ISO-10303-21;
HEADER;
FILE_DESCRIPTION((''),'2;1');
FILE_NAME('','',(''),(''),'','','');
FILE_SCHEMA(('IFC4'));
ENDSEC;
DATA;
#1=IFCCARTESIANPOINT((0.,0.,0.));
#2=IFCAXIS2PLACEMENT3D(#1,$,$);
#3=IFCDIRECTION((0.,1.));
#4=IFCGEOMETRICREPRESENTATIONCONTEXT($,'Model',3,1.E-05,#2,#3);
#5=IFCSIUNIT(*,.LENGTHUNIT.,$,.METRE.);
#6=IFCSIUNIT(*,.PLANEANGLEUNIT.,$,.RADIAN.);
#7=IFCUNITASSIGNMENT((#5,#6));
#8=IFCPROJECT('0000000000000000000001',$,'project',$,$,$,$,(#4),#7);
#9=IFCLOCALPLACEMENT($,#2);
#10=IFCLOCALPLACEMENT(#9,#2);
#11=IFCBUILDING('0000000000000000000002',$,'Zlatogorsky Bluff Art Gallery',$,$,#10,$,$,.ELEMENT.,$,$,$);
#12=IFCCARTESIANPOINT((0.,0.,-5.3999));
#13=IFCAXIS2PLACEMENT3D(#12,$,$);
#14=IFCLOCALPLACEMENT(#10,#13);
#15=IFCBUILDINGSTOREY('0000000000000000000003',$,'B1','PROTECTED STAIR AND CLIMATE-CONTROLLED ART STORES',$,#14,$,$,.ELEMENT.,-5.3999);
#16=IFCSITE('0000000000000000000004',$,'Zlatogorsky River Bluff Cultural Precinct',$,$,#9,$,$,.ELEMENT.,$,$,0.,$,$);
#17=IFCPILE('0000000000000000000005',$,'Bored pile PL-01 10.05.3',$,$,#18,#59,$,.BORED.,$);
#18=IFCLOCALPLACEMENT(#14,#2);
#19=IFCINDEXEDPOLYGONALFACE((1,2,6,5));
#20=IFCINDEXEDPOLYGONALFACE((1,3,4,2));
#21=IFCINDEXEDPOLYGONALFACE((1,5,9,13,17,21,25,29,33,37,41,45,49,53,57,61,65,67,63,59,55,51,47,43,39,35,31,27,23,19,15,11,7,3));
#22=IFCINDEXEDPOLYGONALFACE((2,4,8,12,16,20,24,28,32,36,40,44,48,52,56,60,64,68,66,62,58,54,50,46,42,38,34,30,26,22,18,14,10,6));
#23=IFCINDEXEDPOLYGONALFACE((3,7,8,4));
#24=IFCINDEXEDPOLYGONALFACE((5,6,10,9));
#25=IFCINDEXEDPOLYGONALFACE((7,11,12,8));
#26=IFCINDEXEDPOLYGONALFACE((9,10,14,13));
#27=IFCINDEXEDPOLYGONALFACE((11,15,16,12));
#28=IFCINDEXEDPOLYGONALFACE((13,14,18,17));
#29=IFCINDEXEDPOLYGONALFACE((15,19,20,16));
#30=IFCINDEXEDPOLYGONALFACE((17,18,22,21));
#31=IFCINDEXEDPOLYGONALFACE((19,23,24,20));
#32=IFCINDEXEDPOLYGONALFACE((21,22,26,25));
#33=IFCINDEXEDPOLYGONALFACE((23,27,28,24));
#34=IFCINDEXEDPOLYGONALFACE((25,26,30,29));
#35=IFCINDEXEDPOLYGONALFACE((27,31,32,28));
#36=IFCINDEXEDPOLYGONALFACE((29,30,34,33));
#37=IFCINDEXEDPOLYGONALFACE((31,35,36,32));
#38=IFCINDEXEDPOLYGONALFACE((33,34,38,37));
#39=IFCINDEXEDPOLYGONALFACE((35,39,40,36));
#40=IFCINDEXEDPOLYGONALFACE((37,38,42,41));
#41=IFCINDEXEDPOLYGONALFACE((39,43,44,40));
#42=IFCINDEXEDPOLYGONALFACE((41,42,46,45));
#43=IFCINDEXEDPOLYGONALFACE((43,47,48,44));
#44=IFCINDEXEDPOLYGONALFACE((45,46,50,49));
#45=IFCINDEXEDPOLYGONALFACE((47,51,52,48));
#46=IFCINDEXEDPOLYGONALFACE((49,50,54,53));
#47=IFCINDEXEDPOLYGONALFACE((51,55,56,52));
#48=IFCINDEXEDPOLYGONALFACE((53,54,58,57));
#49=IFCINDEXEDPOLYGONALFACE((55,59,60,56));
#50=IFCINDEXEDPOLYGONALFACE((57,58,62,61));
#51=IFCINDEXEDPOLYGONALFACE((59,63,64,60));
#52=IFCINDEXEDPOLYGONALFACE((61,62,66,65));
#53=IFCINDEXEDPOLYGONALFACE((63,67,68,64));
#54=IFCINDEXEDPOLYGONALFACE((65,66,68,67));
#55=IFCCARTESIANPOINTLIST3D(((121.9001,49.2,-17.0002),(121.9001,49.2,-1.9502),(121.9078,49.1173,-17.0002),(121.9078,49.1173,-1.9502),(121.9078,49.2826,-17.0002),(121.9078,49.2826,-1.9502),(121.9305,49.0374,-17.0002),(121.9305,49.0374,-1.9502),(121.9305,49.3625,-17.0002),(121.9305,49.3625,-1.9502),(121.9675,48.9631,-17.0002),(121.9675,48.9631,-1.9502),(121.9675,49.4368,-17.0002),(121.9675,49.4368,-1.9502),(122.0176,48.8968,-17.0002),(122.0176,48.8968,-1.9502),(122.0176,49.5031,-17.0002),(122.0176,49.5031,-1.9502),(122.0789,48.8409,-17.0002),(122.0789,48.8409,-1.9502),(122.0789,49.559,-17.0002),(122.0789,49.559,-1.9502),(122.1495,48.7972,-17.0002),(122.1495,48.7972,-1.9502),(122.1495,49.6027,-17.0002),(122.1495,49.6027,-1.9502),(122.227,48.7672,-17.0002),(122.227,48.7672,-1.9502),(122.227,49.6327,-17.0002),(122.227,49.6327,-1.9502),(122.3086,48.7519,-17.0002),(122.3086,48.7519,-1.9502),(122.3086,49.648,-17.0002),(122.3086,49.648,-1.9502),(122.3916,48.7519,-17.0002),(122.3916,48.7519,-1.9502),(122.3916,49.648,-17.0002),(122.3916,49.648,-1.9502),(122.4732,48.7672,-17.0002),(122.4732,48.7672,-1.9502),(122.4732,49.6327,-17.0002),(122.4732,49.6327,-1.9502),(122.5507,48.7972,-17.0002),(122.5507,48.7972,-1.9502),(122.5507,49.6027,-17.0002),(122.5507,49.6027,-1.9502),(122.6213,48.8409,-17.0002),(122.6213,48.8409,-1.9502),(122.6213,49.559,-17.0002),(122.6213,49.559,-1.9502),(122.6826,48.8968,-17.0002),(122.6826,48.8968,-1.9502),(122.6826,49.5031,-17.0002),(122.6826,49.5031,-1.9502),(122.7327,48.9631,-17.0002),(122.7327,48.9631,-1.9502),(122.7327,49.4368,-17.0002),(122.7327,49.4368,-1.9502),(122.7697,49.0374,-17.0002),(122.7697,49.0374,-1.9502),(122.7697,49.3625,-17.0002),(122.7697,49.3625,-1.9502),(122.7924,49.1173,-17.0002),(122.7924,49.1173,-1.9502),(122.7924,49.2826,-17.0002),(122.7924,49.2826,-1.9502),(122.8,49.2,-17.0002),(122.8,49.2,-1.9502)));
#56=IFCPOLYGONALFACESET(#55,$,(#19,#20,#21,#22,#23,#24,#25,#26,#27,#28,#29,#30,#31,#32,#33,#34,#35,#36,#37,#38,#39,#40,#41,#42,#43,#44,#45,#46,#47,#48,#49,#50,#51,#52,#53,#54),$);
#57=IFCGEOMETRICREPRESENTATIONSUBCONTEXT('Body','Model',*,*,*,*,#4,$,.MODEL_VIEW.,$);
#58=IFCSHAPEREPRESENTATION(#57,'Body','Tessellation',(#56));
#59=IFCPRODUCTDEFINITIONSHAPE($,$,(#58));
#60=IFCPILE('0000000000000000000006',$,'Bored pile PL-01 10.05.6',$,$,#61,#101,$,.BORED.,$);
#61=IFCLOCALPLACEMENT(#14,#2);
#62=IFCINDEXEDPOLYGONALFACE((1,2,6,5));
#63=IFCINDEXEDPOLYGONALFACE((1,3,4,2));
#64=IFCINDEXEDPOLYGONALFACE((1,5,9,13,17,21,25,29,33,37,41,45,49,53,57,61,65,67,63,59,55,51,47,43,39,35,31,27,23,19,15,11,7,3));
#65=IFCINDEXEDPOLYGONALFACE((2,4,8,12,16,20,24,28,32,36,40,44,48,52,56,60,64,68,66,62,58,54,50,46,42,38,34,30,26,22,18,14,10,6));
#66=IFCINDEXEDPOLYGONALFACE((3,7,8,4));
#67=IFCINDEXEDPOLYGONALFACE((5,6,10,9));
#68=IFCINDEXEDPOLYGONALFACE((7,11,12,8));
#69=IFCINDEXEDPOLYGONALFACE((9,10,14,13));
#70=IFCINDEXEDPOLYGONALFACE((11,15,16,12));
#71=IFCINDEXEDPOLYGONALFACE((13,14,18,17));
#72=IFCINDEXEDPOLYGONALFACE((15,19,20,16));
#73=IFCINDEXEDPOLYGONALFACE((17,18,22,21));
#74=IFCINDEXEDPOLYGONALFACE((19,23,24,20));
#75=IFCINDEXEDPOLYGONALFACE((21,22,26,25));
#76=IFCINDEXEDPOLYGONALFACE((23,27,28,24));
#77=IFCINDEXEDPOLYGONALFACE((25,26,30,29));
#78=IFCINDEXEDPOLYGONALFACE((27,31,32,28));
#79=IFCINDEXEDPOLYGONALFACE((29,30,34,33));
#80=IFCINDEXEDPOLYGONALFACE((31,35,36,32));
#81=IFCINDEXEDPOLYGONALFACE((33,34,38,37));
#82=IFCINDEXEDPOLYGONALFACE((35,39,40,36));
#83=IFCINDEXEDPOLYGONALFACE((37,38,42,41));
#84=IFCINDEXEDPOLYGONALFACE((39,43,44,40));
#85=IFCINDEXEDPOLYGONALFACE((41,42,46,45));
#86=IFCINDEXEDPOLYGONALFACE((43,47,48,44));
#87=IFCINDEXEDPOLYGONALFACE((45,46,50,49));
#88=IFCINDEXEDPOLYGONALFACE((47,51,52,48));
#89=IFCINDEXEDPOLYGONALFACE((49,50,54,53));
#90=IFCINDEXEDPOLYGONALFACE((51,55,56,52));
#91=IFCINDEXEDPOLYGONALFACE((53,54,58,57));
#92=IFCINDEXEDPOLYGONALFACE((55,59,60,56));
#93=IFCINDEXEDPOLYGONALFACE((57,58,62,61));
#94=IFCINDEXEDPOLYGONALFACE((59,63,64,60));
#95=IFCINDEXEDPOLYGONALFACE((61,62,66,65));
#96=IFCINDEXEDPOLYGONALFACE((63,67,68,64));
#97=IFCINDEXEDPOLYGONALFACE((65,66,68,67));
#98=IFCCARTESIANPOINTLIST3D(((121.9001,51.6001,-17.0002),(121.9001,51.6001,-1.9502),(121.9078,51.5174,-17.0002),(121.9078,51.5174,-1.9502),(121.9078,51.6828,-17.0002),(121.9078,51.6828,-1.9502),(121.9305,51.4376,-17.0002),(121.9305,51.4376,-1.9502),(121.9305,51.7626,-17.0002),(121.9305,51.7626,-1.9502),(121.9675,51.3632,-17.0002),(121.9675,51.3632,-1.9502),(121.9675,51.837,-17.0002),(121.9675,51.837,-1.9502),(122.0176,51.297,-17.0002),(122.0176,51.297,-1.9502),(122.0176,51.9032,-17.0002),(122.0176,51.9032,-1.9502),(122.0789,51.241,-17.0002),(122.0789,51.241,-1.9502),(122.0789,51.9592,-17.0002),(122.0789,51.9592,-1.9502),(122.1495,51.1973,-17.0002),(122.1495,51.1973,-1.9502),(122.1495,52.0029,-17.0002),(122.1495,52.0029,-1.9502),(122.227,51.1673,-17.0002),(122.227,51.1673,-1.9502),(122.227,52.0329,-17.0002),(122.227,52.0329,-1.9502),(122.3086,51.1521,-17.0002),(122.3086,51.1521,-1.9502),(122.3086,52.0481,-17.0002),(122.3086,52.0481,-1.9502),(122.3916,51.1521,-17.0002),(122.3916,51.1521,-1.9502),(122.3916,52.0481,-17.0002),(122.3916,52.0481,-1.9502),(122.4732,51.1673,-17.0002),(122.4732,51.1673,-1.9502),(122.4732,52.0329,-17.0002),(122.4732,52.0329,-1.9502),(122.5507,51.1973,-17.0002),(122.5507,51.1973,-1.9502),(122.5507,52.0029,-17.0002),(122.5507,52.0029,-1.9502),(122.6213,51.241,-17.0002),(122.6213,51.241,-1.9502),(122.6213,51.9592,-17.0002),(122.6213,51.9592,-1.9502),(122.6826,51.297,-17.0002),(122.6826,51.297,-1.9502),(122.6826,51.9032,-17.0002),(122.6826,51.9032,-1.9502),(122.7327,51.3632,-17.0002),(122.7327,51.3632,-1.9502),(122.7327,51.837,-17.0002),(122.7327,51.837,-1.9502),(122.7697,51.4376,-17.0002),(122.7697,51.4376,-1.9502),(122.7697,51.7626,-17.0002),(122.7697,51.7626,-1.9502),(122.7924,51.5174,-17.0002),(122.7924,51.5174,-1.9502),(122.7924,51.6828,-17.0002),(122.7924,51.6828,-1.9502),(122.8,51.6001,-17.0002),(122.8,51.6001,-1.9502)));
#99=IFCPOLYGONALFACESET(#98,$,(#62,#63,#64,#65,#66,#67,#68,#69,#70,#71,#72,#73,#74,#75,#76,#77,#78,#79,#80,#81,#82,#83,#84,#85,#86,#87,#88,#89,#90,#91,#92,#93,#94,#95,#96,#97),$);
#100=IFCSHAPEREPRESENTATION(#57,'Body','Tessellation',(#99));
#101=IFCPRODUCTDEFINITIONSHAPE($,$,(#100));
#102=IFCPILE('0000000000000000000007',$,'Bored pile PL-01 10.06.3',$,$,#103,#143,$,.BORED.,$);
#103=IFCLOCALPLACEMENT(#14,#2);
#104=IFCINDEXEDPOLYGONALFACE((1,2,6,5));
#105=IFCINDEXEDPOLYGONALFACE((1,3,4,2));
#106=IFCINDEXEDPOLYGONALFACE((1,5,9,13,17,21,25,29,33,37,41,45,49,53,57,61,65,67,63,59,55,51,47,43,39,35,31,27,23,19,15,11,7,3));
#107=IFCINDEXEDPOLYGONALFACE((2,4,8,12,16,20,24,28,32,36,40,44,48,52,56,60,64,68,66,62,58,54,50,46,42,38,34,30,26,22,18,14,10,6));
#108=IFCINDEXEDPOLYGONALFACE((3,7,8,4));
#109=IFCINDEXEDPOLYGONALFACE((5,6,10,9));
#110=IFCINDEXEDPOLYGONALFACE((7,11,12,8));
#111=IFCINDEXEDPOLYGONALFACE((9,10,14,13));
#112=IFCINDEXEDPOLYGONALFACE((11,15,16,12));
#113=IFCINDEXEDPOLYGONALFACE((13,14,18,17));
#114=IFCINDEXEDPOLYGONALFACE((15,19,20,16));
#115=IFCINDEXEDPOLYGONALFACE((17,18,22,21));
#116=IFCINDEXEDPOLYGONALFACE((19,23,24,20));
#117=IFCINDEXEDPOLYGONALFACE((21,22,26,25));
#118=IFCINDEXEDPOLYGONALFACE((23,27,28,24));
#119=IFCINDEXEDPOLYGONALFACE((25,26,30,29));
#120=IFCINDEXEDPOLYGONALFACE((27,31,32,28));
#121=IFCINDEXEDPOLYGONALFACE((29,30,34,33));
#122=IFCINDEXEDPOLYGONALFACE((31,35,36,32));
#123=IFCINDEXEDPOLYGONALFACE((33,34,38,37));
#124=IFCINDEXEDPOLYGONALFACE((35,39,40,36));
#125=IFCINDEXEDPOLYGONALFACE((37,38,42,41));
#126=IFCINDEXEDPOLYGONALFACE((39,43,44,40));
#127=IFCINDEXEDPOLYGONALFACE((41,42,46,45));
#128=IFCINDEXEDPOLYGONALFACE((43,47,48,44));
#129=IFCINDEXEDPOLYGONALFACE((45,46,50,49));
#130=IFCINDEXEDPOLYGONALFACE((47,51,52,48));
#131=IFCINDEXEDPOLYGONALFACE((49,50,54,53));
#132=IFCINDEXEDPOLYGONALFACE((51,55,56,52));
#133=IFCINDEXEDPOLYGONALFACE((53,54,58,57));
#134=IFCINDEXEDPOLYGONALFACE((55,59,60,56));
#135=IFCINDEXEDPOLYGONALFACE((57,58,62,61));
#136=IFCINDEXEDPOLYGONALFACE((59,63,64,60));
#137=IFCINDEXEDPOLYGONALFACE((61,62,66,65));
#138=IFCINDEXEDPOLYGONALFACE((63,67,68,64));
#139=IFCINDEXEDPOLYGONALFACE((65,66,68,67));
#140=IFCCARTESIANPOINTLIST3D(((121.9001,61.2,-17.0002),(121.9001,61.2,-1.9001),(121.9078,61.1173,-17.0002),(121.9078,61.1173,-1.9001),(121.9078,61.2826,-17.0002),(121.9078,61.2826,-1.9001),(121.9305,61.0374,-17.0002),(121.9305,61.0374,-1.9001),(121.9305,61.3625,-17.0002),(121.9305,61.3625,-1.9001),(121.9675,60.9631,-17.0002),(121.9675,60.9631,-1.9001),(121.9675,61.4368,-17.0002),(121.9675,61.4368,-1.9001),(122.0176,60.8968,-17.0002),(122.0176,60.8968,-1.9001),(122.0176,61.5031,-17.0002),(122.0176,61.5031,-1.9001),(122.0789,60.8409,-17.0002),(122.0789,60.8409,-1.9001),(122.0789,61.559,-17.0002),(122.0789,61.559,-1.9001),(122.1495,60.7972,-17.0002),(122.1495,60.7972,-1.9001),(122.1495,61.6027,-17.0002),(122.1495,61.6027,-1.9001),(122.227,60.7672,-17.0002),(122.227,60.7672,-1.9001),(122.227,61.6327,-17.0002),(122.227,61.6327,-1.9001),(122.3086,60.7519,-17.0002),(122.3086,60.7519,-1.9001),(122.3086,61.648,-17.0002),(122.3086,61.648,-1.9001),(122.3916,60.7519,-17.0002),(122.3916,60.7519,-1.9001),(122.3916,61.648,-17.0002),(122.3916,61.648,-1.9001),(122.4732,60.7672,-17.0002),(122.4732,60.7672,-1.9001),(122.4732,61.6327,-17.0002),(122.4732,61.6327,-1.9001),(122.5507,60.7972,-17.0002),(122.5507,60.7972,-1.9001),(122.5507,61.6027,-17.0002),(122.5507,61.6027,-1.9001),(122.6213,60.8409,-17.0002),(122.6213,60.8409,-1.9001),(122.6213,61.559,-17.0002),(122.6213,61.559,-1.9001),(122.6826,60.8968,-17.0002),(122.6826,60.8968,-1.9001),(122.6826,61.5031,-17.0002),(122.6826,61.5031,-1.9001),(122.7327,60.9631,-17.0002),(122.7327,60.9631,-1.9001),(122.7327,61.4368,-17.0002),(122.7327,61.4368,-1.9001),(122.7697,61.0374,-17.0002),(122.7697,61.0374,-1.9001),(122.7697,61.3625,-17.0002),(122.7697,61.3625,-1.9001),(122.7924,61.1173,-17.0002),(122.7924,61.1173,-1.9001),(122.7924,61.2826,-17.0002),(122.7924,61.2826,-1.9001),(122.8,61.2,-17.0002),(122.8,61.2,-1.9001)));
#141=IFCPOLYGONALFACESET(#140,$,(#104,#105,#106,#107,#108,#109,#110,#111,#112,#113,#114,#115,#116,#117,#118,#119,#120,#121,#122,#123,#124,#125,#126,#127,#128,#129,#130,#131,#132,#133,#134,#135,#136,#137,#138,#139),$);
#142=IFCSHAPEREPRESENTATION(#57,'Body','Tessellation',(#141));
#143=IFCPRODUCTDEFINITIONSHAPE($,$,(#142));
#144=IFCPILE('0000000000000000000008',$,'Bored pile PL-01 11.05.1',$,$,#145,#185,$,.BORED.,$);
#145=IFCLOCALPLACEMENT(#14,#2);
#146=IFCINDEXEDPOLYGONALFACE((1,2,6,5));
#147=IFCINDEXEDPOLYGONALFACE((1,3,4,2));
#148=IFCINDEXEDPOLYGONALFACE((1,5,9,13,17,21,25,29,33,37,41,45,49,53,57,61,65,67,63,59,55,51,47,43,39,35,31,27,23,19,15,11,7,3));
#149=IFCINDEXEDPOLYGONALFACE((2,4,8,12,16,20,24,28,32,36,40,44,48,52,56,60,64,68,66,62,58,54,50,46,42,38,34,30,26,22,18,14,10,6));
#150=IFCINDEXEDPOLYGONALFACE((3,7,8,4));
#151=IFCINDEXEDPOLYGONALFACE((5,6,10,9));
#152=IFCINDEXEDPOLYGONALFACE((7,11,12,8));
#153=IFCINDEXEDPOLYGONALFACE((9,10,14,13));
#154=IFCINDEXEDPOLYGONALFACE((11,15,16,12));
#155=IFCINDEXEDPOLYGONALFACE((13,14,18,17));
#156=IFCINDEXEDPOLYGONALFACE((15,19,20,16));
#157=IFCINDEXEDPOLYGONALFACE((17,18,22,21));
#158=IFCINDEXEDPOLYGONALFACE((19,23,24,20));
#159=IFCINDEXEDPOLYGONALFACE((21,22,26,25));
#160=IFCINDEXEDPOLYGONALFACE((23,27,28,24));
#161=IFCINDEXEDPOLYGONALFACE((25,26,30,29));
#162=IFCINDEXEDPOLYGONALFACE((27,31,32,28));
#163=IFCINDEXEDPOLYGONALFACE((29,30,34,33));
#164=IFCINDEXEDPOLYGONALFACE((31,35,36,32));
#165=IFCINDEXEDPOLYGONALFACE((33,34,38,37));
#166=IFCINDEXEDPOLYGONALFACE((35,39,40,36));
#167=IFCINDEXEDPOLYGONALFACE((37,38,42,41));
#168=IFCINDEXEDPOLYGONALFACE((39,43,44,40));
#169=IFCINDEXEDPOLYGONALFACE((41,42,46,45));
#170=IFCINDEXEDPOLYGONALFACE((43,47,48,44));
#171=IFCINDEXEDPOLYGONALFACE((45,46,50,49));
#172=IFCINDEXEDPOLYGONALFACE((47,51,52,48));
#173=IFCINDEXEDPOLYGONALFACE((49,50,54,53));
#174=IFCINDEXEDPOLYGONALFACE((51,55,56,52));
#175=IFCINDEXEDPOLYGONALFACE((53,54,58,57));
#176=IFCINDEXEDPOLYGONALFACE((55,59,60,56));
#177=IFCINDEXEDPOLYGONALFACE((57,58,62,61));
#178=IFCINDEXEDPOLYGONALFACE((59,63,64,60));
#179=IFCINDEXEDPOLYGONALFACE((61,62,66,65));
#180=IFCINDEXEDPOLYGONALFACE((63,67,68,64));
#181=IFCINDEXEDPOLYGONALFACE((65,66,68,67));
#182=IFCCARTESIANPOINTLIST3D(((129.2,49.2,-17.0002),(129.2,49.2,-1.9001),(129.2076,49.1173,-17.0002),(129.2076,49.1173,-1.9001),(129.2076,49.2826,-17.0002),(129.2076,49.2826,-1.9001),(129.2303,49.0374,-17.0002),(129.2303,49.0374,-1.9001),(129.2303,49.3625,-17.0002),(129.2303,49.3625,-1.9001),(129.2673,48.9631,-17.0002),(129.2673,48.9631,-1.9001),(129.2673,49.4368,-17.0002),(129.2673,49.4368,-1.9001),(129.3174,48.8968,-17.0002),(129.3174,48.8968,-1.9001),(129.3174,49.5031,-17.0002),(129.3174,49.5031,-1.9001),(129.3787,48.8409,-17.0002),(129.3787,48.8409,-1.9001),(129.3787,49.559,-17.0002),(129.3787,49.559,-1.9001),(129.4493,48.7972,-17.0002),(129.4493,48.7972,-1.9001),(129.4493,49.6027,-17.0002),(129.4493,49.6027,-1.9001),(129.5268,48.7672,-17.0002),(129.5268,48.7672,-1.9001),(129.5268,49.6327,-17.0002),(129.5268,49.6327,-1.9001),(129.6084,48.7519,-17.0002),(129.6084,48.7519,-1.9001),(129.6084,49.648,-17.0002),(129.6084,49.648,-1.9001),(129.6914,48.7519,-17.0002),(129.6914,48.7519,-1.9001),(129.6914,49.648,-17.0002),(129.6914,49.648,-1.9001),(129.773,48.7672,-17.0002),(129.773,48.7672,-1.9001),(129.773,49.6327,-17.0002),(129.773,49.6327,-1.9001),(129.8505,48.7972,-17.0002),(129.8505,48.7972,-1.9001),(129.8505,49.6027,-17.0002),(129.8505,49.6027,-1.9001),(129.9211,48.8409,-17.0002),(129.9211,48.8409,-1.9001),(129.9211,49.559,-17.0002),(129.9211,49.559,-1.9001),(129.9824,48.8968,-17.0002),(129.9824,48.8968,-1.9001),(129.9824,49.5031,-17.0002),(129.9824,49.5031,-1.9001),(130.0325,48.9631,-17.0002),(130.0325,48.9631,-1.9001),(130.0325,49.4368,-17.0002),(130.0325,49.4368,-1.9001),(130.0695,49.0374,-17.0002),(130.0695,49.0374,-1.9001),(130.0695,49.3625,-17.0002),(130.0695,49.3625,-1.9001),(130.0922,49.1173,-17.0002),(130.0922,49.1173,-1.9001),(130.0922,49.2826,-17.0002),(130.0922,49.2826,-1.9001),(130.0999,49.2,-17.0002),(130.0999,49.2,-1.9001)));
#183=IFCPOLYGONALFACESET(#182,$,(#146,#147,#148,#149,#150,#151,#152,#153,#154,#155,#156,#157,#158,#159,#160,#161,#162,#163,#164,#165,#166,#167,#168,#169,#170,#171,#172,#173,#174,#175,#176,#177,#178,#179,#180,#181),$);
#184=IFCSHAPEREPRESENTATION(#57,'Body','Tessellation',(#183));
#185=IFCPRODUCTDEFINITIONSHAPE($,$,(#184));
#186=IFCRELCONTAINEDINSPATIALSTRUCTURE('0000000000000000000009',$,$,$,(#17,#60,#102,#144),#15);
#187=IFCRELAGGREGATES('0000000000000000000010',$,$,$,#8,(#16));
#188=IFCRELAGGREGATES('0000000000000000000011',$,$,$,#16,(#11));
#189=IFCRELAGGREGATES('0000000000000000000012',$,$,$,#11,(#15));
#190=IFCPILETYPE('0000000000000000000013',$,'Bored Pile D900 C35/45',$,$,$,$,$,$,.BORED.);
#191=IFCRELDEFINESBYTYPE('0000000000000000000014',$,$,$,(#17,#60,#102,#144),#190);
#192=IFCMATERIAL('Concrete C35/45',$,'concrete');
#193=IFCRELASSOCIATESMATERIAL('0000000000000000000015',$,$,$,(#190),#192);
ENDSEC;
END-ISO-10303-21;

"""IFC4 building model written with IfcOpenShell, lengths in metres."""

from ifc_helpers import new_model, si_unit, direction, frame, origin, origin_2d, place, context, subcontext, project, spatial, circle, extrude, material, material_profile, profile_set, type_object, element, save


model = new_model("IFC4")

# Units and contexts
model_context = context("Model", 3, precision=1e-05, world=origin(), true_north=direction((0.0, 1.0)))
body_context = subcontext(model_context, "Body", "Model", "MODEL_VIEW")
ifc_project = project(units=[si_unit("LENGTHUNIT", "METRE"), si_unit("PLANEANGLEUNIT", "RADIAN")], contexts=[model_context])

# Site, building, storey
site_placement = place(None, origin())
site = spatial("IfcSite", under=ifc_project, at=site_placement, Name="Zlatogorsky River Bluff Cultural Precinct", CompositionType="ELEMENT", RefElevation=0.0)
building_placement = place(site_placement, origin())
building = spatial("IfcBuilding", under=site, at=building_placement, Name="Zlatogorsky Bluff Art Gallery", CompositionType="ELEMENT")
storey_placement = place(building_placement, frame((0.0, 0.0, -5.3999)))
storey = spatial("IfcBuildingStorey", under=building, at=storey_placement, Name="B1", Description="PROTECTED STAIR AND CLIMATE-CONTROLLED ART STORES", CompositionType="ELEMENT", Elevation=-5.3999)

# Piles
ifc_material_1 = material(Name="Concrete C35/45", Category="concrete")
ifc_material_profile_1 = material_profile(ifc_material_1, circle(Radius=0.45, at=origin_2d()), Name="BORED PILE D900")
ifc_profile_set_1 = profile_set([ifc_material_profile_1], Name="Concrete C35/45")
pile_type = type_object("IfcPileType", Name="Bored Pile D900 C35/45", PredefinedType="BORED", material=ifc_profile_set_1)
for number, where, z_axis, x_axis, name in (
    (1, (122.3501, 49.2, -1.9502), (0.0, 0.0, -1.0), (1.0, 0.0, 0.0), "Bored pile PL-01 10.05.3"),
    (2, (122.3501, 51.6001, -1.9502), (0.0, 0.0, -1.0), (1.0, 0.0, 0.0), "Bored pile PL-01 10.05.6"),
):
    element("IfcPile", number, at=place(storey_placement, frame(where, z_axis=z_axis, x_axis=x_axis)), inside=storey, type_object=pile_type, Name=name, PredefinedType="BORED", context=body_context, shape_type="SweptSolid", body=[
        extrude(circle(Radius=0.45, at=origin_2d()), origin(), (0.0, 0.0, 1.0), 15.05),
    ])
for number, where, z_axis, x_axis, name in (
    (3, (122.3501, 61.2, -1.9001), (0.0, 0.0, -1.0), (1.0, 0.0, 0.0), "Bored pile PL-01 10.06.3"),
    (4, (129.6499, 49.2, -1.9001), (0.0, 0.0, -1.0), (1.0, 0.0, 0.0), "Bored pile PL-01 11.05.1"),
):
    element("IfcPile", number, at=place(storey_placement, frame(where, z_axis=z_axis, x_axis=x_axis)), inside=storey, type_object=pile_type, Name=name, PredefinedType="BORED", context=body_context, shape_type="SweptSolid", body=[
        extrude(circle(Radius=0.45, at=origin_2d()), origin(), (0.0, 0.0, 1.0), 15.1001),
    ])

save(model, "model.ifc")
